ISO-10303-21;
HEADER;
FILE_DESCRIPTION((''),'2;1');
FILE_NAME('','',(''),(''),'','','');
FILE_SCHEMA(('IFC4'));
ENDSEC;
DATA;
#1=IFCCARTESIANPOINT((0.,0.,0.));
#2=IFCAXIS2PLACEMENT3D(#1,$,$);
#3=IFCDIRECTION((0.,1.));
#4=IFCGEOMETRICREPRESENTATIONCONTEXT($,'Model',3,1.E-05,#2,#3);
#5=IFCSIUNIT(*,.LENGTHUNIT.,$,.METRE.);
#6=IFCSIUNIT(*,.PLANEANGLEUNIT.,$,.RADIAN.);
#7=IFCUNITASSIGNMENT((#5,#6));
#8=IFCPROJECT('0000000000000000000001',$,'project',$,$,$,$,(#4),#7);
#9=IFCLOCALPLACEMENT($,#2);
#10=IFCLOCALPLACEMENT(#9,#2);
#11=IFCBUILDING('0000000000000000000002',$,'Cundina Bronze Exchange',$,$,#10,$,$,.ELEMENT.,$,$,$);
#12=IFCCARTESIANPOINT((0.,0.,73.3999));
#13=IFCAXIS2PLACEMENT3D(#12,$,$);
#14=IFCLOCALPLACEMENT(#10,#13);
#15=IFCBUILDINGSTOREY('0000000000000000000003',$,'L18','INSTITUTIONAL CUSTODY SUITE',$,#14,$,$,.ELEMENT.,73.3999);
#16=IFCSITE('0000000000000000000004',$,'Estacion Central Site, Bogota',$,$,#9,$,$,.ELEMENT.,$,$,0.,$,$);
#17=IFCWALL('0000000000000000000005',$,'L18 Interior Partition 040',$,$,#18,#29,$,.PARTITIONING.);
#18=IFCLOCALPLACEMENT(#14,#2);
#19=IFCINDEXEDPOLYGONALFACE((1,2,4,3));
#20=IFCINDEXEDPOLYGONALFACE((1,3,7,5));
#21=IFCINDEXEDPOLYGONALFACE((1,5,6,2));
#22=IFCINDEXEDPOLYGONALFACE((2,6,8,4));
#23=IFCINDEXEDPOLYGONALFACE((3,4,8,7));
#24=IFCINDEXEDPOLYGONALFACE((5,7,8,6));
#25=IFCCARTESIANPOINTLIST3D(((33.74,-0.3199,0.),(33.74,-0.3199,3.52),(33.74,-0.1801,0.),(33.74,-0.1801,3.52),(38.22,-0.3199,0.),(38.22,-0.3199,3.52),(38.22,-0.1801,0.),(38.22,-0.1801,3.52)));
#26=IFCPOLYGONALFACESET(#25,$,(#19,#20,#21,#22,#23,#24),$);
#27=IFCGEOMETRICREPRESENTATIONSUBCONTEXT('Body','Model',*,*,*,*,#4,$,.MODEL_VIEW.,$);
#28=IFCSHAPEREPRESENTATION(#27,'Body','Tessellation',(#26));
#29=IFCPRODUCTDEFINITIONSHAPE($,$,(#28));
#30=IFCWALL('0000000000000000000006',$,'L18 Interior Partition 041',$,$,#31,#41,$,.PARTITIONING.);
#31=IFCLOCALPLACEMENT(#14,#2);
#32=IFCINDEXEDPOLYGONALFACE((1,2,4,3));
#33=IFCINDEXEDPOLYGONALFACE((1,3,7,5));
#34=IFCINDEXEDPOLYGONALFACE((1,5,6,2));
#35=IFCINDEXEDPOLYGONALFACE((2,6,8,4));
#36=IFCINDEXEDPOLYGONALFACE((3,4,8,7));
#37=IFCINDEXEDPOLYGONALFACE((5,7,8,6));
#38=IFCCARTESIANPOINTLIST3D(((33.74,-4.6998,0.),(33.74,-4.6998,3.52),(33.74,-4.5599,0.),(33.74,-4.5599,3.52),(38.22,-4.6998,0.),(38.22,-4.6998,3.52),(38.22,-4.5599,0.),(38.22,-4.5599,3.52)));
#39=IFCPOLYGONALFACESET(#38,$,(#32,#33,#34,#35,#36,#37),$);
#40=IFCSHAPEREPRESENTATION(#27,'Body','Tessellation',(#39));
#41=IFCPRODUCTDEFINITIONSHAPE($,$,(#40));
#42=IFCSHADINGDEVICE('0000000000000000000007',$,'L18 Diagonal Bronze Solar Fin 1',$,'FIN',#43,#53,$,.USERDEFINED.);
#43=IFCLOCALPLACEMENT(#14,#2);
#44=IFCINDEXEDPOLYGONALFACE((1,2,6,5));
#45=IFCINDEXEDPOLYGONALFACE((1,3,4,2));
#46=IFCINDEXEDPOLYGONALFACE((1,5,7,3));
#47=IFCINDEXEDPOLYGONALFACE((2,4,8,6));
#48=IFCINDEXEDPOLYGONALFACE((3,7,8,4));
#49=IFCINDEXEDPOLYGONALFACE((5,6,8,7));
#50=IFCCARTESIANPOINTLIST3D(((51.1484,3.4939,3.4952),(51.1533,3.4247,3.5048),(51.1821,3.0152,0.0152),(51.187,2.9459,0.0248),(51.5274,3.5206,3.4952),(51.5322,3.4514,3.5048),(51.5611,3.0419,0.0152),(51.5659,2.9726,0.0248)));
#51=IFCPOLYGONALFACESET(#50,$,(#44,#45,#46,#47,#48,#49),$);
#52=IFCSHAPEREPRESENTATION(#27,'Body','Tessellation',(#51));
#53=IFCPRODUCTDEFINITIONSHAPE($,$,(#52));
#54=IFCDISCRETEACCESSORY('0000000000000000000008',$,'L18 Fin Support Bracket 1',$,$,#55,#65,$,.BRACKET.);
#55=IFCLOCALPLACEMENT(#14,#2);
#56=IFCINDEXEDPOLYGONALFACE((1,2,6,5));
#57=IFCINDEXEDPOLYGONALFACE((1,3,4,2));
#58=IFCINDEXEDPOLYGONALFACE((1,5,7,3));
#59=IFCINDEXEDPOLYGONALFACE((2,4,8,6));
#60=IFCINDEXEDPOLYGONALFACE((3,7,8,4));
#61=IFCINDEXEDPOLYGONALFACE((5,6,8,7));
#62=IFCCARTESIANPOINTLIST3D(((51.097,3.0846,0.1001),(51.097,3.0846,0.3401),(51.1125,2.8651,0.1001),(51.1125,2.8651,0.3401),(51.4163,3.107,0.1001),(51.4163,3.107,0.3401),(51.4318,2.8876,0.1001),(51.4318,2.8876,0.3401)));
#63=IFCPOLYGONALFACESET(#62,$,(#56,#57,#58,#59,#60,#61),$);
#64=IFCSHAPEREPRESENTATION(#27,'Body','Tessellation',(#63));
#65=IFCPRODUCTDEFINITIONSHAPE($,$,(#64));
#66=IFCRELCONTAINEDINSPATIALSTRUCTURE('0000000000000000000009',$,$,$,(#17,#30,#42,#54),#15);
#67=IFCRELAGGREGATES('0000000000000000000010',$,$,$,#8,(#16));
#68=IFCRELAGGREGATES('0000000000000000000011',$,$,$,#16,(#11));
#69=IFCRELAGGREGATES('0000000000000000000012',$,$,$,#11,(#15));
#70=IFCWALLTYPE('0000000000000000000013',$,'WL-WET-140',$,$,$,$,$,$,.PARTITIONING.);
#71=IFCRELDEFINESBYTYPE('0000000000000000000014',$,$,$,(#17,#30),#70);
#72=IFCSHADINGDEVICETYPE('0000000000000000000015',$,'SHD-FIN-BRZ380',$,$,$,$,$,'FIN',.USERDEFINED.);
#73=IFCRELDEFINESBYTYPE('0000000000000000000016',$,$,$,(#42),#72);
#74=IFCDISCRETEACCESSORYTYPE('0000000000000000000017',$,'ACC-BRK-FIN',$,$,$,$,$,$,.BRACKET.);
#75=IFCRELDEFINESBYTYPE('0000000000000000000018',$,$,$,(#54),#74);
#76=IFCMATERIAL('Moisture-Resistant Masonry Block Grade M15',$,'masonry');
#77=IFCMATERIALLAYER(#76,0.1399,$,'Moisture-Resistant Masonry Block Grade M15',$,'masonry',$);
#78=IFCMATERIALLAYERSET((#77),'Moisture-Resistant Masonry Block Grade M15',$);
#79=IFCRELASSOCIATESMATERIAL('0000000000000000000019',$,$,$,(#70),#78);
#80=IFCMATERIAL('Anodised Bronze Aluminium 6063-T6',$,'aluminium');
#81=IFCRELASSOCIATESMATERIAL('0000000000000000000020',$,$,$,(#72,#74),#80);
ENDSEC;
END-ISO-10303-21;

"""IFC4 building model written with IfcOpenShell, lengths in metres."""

from ifc_helpers import new_model, si_unit, direction, frame, frame_2d, origin, origin_2d, place, context, subcontext, project, spatial, rectangle, extrude, material, layer, layer_set, material_profile, profile_set, type_object, element, save


model = new_model("IFC4")

# Units and contexts
model_context = context("Model", 3, precision=1e-05, world=origin(), true_north=direction((0.0, 1.0)))
body_context = subcontext(model_context, "Body", "Model", "MODEL_VIEW")
ifc_project = project(units=[si_unit("LENGTHUNIT", "METRE"), si_unit("PLANEANGLEUNIT", "RADIAN")], contexts=[model_context])

# Site, building, storey
site_placement = place(None, origin())
site = spatial("IfcSite", under=ifc_project, at=site_placement, Name="Estacion Central Site, Bogota", CompositionType="ELEMENT", RefElevation=0.0)
building_placement = place(site_placement, origin())
building = spatial("IfcBuilding", under=site, at=building_placement, Name="Cundina Bronze Exchange", CompositionType="ELEMENT")
storey_placement = place(building_placement, frame((0.0, 0.0, 73.3999)))
storey = spatial("IfcBuildingStorey", under=building, at=storey_placement, Name="L18", Description="INSTITUTIONAL CUSTODY SUITE", CompositionType="ELEMENT", Elevation=73.3999)

# Shared definitions
ifc_material_1 = material(Name="Anodised Bronze Aluminium 6063-T6", Category="aluminium")

# Walls
ifc_material_2 = material(Name="Moisture-Resistant Masonry Block Grade M15", Category="masonry")
ifc_layer_1 = layer(ifc_material_2, 0.1399, Name="Moisture-Resistant Masonry Block Grade M15", Category="masonry")
ifc_layer_set_1 = layer_set([ifc_layer_1], Name="Moisture-Resistant Masonry Block Grade M15")
wall_type_1 = type_object("IfcWallType", Name="WL-WET-140", PredefinedType="PARTITIONING", material=ifc_layer_set_1)
for number, where, z_axis, x_axis, name in (
    (1, (33.74, -0.25, 0.0), (0.0, 0.0, 1.0), (1.0, 0.0, 0.0), "L18 Interior Partition 040"),
    (2, (33.74, -4.6299, 0.0), (0.0, 0.0, 1.0), (1.0, 0.0, 0.0), "L18 Interior Partition 041"),
):
    element("IfcWall", number, at=place(storey_placement, frame(where, z_axis=z_axis, x_axis=x_axis)), inside=storey, type_object=wall_type_1, Name=name, PredefinedType="PARTITIONING", context=body_context, shape_type="SweptSolid", body=[
        extrude(rectangle(XDim=4.48, YDim=0.1399, at=frame_2d((2.24, 0.0))), origin(), (0.0, 0.0, 1.0), 3.52),
    ])

# Shading device
ifc_material_profile_1 = material_profile(ifc_material_1, rectangle(XDim=0.0701, YDim=0.3799, at=origin_2d()), Name="FIN70X380", Category="aluminium")
ifc_profile_set_1 = profile_set([ifc_material_profile_1], Name="Anodised Bronze Aluminium 6063-T6")
shading_device_type = type_object("IfcShadingDeviceType", Name="SHD-FIN-BRZ380", ElementType="FIN", PredefinedType="USERDEFINED", material=ifc_profile_set_1)
shading_device_placement = place(storey_placement, frame((51.374, 2.9939, 0.02), z_axis=(-0.009591, 0.136285, 0.990623), x_axis=(0.06954, -0.988179, 0.136622)))
element("IfcShadingDevice", 3, at=shading_device_placement, inside=storey, type_object=shading_device_type, Name="L18 Diagonal Bronze Solar Fin 1", ObjectType="FIN", PredefinedType="USERDEFINED", context=body_context, shape_type="SweptSolid", body=[
    extrude(rectangle(XDim=0.0701, YDim=0.3799, at=origin_2d()), origin(), (0.0, 0.0, 1.0), 3.5129),
])

# Discrete accessory
discrete_accessory_type = type_object("IfcDiscreteAccessoryType", Name="ACC-BRK-FIN", PredefinedType="BRACKET", material=ifc_material_1)
discrete_accessory_placement = place(storey_placement, frame((51.2644, 2.9861, 0.1001), z_axis=(0.0, 0.0, 1.0), x_axis=(-0.070279, 0.997527, 0.0)))
element("IfcDiscreteAccessory", 4, at=discrete_accessory_placement, inside=storey, type_object=discrete_accessory_type, Name="L18 Fin Support Bracket 1", PredefinedType="BRACKET", context=body_context, shape_type="SweptSolid", body=[
    extrude(rectangle(XDim=0.22, YDim=0.3201, at=origin_2d()), origin(), (0.0, 0.0, 1.0), 0.24),
])

save(model, "model.ifc")
